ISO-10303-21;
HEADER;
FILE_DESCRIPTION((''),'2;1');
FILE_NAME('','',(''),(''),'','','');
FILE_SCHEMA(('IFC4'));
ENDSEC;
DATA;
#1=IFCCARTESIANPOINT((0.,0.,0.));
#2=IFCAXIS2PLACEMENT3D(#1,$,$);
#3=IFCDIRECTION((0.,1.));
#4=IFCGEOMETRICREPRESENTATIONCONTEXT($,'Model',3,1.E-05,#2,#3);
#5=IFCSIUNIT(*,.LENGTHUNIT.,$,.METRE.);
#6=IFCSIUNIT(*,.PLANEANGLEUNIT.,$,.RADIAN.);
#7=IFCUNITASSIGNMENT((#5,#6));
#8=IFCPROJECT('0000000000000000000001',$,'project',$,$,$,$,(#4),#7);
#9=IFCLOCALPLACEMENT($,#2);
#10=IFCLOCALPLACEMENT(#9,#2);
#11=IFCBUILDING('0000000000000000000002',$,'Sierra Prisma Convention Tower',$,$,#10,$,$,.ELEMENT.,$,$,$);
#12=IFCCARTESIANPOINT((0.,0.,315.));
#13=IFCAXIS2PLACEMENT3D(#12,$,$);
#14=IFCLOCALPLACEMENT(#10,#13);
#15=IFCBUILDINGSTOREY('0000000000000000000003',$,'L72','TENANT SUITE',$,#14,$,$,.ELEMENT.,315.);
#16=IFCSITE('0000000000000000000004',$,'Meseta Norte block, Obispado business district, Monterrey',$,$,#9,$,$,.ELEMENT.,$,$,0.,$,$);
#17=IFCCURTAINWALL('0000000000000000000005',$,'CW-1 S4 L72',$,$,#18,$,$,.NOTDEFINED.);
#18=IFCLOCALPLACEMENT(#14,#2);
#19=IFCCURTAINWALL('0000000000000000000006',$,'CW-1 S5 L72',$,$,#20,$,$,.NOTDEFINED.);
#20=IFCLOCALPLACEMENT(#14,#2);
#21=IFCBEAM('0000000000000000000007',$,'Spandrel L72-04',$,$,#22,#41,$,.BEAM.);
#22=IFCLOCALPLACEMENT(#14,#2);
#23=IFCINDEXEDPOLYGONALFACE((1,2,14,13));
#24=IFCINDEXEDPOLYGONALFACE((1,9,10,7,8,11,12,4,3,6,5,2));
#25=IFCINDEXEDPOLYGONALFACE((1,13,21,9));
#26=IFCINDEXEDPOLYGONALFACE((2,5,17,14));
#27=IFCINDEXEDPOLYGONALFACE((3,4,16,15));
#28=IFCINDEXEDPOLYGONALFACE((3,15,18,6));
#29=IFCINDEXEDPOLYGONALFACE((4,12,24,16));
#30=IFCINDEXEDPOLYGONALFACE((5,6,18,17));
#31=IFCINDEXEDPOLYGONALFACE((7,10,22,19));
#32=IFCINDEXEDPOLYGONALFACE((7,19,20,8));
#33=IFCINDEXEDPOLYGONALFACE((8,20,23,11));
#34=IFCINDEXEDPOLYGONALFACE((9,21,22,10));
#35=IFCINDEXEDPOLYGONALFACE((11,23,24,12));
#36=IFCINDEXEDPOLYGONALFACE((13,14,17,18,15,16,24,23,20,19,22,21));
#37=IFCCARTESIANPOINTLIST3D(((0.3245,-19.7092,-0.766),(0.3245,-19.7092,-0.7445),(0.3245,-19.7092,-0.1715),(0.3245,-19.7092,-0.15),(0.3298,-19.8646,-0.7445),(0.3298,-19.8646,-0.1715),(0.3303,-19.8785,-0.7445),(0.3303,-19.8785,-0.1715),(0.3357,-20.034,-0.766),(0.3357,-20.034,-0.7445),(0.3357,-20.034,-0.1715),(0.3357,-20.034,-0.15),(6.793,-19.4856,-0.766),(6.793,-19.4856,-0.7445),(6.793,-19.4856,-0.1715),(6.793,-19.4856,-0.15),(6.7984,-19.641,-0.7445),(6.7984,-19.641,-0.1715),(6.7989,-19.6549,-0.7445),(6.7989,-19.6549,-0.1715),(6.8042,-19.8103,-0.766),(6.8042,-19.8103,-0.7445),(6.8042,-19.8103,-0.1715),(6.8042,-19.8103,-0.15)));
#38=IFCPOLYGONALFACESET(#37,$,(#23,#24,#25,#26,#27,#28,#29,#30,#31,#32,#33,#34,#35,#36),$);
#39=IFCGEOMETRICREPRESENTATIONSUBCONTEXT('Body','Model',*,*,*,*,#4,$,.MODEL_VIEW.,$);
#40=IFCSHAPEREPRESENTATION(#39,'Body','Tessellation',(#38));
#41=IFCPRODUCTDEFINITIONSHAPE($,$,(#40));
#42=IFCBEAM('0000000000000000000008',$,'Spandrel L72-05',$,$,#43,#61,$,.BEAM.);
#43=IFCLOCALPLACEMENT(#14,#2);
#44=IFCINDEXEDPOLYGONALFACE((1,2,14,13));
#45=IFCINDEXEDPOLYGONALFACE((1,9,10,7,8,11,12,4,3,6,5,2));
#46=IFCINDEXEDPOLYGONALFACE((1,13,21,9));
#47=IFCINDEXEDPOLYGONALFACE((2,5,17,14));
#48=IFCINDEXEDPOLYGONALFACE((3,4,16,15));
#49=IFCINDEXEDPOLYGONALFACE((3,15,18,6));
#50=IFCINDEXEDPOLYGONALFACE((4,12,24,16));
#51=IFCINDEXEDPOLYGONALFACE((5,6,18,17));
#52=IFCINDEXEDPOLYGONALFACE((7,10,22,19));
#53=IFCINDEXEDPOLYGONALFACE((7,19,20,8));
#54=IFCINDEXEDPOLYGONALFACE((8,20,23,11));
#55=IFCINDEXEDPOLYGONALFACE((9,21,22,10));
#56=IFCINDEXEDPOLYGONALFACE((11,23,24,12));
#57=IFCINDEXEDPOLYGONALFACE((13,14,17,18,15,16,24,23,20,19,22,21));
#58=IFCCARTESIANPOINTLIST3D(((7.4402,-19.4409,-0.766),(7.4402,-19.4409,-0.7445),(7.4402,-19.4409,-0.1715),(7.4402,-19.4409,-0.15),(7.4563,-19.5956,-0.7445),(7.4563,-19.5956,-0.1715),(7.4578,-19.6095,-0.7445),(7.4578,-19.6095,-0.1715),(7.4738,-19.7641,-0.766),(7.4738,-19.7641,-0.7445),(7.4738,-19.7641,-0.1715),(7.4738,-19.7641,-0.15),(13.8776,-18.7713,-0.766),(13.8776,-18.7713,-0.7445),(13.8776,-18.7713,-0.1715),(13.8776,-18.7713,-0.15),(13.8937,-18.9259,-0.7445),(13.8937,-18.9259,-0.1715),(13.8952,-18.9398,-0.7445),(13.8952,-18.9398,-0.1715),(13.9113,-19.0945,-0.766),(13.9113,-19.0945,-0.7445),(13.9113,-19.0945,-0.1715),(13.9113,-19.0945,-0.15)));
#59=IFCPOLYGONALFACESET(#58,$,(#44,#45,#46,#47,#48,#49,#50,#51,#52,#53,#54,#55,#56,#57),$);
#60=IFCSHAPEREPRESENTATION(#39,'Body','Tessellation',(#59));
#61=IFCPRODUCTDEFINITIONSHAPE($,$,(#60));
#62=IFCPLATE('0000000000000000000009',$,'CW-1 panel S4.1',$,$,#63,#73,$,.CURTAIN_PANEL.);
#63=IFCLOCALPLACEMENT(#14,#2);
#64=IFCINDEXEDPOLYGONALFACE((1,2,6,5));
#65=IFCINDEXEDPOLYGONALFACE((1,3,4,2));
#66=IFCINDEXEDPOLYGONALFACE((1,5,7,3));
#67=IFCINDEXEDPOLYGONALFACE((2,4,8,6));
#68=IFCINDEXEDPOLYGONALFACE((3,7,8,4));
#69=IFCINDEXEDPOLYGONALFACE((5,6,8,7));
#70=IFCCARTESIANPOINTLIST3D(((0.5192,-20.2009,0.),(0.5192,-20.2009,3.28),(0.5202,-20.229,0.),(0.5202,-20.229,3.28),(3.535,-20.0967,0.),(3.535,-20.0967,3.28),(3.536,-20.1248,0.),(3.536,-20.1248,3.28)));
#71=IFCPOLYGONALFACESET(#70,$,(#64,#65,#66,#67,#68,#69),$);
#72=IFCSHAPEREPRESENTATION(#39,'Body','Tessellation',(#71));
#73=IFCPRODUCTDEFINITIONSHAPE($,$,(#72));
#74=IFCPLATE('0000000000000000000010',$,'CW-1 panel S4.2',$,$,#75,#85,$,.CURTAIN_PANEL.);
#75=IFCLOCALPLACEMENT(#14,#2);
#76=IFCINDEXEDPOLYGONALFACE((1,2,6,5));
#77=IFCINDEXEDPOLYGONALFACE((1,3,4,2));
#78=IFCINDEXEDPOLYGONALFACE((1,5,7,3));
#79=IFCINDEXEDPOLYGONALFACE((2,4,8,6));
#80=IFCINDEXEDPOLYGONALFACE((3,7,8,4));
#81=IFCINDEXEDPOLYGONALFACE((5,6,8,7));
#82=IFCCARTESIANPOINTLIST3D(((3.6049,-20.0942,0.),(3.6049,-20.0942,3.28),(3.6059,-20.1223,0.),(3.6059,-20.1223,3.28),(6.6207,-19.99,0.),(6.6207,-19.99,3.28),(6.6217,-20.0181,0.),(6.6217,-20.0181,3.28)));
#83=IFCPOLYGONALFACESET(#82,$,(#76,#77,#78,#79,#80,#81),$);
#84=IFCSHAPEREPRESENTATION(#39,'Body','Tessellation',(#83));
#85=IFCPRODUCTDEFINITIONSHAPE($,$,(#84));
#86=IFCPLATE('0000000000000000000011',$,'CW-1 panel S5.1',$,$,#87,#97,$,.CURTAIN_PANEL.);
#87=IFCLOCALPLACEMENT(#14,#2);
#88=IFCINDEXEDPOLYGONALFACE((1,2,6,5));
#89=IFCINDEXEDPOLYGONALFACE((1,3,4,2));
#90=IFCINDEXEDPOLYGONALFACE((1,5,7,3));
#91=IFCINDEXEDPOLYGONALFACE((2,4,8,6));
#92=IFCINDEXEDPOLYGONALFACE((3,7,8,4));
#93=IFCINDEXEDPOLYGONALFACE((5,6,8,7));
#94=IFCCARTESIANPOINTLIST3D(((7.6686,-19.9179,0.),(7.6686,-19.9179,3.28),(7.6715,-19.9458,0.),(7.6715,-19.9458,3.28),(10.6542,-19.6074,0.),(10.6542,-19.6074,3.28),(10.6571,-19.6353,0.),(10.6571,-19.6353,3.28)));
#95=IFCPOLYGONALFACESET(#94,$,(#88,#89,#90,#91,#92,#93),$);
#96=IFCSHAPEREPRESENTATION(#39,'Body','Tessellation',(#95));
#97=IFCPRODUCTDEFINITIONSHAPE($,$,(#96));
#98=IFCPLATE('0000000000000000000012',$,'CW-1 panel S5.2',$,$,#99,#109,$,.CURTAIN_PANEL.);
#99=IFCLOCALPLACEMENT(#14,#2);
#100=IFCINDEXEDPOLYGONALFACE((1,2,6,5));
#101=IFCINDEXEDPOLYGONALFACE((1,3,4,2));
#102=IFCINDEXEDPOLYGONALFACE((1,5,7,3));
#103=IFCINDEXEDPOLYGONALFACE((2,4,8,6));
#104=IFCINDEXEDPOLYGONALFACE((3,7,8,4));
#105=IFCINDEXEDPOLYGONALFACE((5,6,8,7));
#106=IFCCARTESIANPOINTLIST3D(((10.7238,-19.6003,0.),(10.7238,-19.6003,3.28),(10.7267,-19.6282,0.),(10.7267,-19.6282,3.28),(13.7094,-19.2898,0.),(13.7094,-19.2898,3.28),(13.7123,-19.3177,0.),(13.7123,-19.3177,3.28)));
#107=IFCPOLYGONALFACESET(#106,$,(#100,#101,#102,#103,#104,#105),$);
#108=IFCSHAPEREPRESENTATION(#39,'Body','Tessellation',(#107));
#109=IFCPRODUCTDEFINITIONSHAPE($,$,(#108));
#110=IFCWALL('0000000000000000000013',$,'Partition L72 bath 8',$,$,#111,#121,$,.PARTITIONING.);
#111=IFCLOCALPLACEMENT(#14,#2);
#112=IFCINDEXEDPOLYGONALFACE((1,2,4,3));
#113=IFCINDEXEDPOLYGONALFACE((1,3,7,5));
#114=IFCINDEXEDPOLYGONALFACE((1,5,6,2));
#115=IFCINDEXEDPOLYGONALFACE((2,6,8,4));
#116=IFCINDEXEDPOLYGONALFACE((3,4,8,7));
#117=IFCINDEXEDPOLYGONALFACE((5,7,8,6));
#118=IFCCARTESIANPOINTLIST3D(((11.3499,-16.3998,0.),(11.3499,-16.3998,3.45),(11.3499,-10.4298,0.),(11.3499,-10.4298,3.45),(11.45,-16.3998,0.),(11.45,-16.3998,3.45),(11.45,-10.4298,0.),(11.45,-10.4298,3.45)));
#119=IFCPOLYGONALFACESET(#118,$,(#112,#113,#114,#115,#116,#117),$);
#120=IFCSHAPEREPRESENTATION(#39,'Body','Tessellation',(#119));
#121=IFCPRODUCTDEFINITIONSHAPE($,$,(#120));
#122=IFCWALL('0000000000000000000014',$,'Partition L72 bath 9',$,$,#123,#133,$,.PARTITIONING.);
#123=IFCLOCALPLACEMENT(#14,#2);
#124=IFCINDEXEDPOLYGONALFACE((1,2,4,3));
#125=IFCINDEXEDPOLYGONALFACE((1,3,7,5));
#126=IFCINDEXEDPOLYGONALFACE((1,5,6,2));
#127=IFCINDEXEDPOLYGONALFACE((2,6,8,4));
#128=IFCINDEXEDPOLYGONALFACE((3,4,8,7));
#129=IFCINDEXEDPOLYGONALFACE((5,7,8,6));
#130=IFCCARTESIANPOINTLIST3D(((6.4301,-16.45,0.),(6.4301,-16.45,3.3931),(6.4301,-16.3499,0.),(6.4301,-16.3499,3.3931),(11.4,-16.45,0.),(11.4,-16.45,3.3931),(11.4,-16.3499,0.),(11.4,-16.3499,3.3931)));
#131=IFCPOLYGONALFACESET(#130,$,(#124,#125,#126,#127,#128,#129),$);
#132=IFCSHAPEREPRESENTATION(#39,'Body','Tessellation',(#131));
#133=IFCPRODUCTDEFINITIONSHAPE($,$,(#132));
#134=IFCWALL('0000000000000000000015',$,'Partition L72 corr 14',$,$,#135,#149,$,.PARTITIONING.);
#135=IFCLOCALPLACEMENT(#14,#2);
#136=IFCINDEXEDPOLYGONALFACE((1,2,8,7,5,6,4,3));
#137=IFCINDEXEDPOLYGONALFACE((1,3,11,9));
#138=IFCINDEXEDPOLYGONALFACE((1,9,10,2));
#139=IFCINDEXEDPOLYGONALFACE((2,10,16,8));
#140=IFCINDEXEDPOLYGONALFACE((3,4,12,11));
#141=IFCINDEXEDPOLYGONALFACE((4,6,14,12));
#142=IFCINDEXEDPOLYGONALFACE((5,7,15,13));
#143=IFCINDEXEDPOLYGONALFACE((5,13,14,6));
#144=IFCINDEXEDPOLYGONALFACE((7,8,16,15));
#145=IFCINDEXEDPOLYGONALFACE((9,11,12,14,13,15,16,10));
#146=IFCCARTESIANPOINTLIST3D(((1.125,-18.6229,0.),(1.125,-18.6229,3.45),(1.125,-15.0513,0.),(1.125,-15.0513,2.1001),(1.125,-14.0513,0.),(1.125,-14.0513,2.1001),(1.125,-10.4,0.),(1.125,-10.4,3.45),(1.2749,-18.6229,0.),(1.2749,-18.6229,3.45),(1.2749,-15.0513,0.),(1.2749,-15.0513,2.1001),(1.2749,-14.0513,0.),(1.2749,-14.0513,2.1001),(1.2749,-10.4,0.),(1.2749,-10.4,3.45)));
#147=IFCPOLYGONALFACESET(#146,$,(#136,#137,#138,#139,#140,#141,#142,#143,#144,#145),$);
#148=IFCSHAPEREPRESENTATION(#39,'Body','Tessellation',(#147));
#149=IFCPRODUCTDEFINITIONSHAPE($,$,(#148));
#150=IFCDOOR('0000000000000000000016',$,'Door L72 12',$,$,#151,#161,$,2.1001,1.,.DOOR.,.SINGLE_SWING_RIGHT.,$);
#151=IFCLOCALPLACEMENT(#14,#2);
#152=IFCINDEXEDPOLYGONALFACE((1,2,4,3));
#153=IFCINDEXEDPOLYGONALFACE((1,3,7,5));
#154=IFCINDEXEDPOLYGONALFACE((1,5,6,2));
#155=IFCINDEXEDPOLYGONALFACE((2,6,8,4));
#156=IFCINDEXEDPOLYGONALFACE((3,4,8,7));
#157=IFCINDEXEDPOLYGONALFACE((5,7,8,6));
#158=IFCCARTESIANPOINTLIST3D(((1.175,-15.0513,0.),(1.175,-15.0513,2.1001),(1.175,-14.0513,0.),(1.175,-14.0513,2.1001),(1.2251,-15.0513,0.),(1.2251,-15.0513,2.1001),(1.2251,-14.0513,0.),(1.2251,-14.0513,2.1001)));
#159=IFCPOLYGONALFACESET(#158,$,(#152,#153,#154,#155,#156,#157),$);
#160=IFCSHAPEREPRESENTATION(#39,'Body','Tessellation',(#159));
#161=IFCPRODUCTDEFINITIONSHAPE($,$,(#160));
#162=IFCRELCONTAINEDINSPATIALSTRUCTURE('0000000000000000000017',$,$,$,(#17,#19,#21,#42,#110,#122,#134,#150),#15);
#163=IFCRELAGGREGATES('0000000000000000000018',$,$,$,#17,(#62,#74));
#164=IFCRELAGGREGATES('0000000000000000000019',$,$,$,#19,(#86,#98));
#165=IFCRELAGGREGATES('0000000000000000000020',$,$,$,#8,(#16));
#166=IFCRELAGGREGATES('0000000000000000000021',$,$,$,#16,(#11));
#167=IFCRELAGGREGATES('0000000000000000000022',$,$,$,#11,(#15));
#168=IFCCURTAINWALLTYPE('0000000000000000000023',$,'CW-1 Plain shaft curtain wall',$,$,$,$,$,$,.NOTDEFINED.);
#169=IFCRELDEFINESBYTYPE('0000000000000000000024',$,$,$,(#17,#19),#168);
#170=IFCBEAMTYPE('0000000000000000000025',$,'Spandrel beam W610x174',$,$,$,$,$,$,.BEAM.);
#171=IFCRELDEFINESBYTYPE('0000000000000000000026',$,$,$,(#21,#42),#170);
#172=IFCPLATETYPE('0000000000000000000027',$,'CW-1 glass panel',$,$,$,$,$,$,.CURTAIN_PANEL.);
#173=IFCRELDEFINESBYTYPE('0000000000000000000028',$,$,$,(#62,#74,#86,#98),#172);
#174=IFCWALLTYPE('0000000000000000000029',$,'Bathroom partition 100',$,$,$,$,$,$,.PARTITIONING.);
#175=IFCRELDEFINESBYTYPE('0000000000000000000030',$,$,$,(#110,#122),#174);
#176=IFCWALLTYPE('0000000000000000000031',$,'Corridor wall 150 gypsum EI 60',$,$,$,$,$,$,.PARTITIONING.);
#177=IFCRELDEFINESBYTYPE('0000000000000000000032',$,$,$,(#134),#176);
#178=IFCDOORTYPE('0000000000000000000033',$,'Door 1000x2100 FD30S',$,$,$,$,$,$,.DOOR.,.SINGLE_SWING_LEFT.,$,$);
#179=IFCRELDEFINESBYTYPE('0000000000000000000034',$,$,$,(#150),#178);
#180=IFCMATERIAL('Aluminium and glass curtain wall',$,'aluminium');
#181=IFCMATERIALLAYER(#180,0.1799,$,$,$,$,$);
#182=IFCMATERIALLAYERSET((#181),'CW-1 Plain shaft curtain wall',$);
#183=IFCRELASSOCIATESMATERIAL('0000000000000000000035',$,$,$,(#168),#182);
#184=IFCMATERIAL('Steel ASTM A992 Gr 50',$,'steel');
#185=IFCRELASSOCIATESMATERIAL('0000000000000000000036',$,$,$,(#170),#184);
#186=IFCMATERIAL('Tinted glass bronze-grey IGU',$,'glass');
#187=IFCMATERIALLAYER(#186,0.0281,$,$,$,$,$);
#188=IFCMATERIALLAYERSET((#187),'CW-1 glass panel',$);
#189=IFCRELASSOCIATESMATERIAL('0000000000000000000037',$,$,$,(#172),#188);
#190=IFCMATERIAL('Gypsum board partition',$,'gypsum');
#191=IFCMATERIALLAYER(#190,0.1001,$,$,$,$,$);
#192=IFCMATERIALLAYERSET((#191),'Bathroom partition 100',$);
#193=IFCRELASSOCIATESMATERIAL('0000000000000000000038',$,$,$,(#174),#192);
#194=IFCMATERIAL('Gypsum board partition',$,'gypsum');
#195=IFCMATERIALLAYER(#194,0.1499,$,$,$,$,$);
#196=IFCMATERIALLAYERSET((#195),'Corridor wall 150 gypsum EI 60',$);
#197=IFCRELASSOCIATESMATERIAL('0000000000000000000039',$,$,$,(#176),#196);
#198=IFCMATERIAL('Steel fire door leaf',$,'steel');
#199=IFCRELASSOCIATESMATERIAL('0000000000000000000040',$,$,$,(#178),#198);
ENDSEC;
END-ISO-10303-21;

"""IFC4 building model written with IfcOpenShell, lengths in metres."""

from ifc_helpers import new_model, si_unit, direction, frame, frame_2d, origin, origin_2d, place, context, subcontext, project, spatial, rectangle, i_section, extrude, material, layer, layer_set, material_profile, profile_set, type_object, element, fill, aggregate, save


model = new_model("IFC4")

# Units and contexts
model_context = context("Model", 3, precision=1e-05, world=origin(), true_north=direction((0.0, 1.0)))
body_context = subcontext(model_context, "Body", "Model", "MODEL_VIEW")
ifc_project = project(units=[si_unit("LENGTHUNIT", "METRE"), si_unit("PLANEANGLEUNIT", "RADIAN")], contexts=[model_context])

# Site, building, storey
site_placement = place(None, origin())
site = spatial("IfcSite", under=ifc_project, at=site_placement, Name="Meseta Norte block, Obispado business district, Monterrey", CompositionType="ELEMENT", RefElevation=0.0)
building_placement = place(site_placement, origin())
building = spatial("IfcBuilding", under=site, at=building_placement, Name="Sierra Prisma Convention Tower", CompositionType="ELEMENT")
storey_placement = place(building_placement, frame((0.0, 0.0, 315.0)))
storey = spatial("IfcBuildingStorey", under=building, at=storey_placement, Name="L72", Description="TENANT SUITE", CompositionType="ELEMENT", Elevation=315.0)

# Curtain wall
ifc_material_1 = material(Name="Aluminium and glass curtain wall", Category="aluminium")
ifc_layer_1 = layer(ifc_material_1, 0.1799)
ifc_layer_set_1 = layer_set([ifc_layer_1], Name="CW-1 Plain shaft curtain wall")
curtain_wall_type = type_object("IfcCurtainWallType", Name="CW-1 Plain shaft curtain wall", PredefinedType="NOTDEFINED", material=ifc_layer_set_1)
curtain_wall_1_placement = place(storey_placement, origin())
curtain_wall_1 = element("IfcCurtainWall", 1, at=curtain_wall_1_placement, inside=storey, type_object=curtain_wall_type, Name="CW-1 S4 L72", PredefinedType="NOTDEFINED")

# Curtain wall
curtain_wall_2_placement = place(storey_placement, origin())
curtain_wall_2 = element("IfcCurtainWall", 2, at=curtain_wall_2_placement, inside=storey, type_object=curtain_wall_type, Name="CW-1 S5 L72", PredefinedType="NOTDEFINED")

# Beams
ifc_material_2 = material(Name="Steel ASTM A992 Gr 50", Category="steel")
ifc_material_profile_1 = material_profile(ifc_material_2, i_section(OverallWidth=0.325, OverallDepth=0.616, WebThickness=0.0139, FlangeThickness=0.0215, at=origin_2d()), Name="W610x174")
ifc_profile_set_1 = profile_set([ifc_material_profile_1], Name="Steel ASTM A992 Gr 50")
beam_type_1 = type_object("IfcBeamType", Name="Spandrel beam W610x174", PredefinedType="BEAM", material=ifc_profile_set_1)
beam_1_placement = place(storey_placement, frame((0.3301, -19.8716, -0.458), z_axis=(0.999403, 0.034552, 0.0), x_axis=(-0.034552, 0.999403, 0.0)))
element("IfcBeam", 3, at=beam_1_placement, inside=storey, type_object=beam_type_1, Name="Spandrel L72-04", PredefinedType="BEAM", context=body_context, shape_type="SweptSolid", body=[
    extrude(i_section(OverallWidth=0.325, OverallDepth=0.616, WebThickness=0.0139, FlangeThickness=0.0215, at=origin_2d()), origin(), (0.0, 0.0, 1.0), 6.4724),
])
beam_2_placement = place(storey_placement, frame((7.457, -19.6025, -0.458), z_axis=(0.994633, 0.103469, 0.0), x_axis=(-0.103469, 0.994633, 0.0)))
element("IfcBeam", 4, at=beam_2_placement, inside=storey, type_object=beam_type_1, Name="Spandrel L72-05", PredefinedType="BEAM", context=body_context, shape_type="SweptSolid", body=[
    extrude(i_section(OverallWidth=0.325, OverallDepth=0.616, WebThickness=0.0139, FlangeThickness=0.0215, at=origin_2d()), origin(), (0.0, 0.0, 1.0), 6.4722),
])

# Plates
ifc_material_3 = material(Name="Tinted glass bronze-grey IGU", Category="glass")
ifc_layer_2 = layer(ifc_material_3, 0.0281)
ifc_layer_set_2 = layer_set([ifc_layer_2], Name="CW-1 glass panel")
plate_type = type_object("IfcPlateType", Name="CW-1 glass panel", PredefinedType="CURTAIN_PANEL", material=ifc_layer_set_2)
plate_1_placement = place(storey_placement, frame((2.0276, -20.1628, 0.0), z_axis=(0.0, 0.0, 1.0), x_axis=(0.999404, 0.034531, 0.0)))
plate_1 = element("IfcPlate", 5, at=plate_1_placement, type_object=plate_type, Name="CW-1 panel S4.1", PredefinedType="CURTAIN_PANEL", context=body_context, shape_type="SweptSolid", body=[
    extrude(rectangle(XDim=3.0176, YDim=0.0281, at=origin_2d()), origin(), (0.0, 0.0, 1.0), 3.28),
])
plate_2_placement = place(storey_placement, frame((5.1133, -20.0562, 0.0), z_axis=(0.0, 0.0, 1.0), x_axis=(0.999404, 0.034531, 0.0)))
plate_2 = element("IfcPlate", 6, at=plate_2_placement, type_object=plate_type, Name="CW-1 panel S4.2", PredefinedType="CURTAIN_PANEL", context=body_context, shape_type="SweptSolid", body=[
    extrude(rectangle(XDim=3.0176, YDim=0.0281, at=origin_2d()), origin(), (0.0, 0.0, 1.0), 3.28),
])
aggregate(curtain_wall_1, [plate_1, plate_2])
plate_3_placement = place(storey_placement, frame((9.1628, -19.7766, 0.0), z_axis=(0.0, 0.0, 1.0), x_axis=(0.994637, 0.103428, 0.0)))
plate_3 = element("IfcPlate", 7, at=plate_3_placement, type_object=plate_type, Name="CW-1 panel S5.1", PredefinedType="CURTAIN_PANEL", context=body_context, shape_type="SweptSolid", body=[
    extrude(rectangle(XDim=3.0017, YDim=0.0281, at=origin_2d()), origin(), (0.0, 0.0, 1.0), 3.28),
])
plate_4_placement = place(storey_placement, frame((12.218, -19.459, 0.0), z_axis=(0.0, 0.0, 1.0), x_axis=(0.994637, 0.103428, 0.0)))
plate_4 = element("IfcPlate", 8, at=plate_4_placement, type_object=plate_type, Name="CW-1 panel S5.2", PredefinedType="CURTAIN_PANEL", context=body_context, shape_type="SweptSolid", body=[
    extrude(rectangle(XDim=3.0017, YDim=0.0281, at=origin_2d()), origin(), (0.0, 0.0, 1.0), 3.28),
])
aggregate(curtain_wall_2, [plate_3, plate_4])

# Walls
ifc_material_4 = material(Name="Gypsum board partition", Category="gypsum")
ifc_layer_3 = layer(ifc_material_4, 0.1001)
ifc_layer_set_3 = layer_set([ifc_layer_3], Name="Bathroom partition 100")
wall_type_1 = type_object("IfcWallType", Name="Bathroom partition 100", PredefinedType="PARTITIONING", material=ifc_layer_set_3)
wall_1_placement = place(storey_placement, frame((11.3999, -10.4299, 0.0), z_axis=(0.0, 0.0, 1.0), x_axis=(0.0, -1.0, 0.0)))
element("IfcWall", 9, at=wall_1_placement, inside=storey, type_object=wall_type_1, Name="Partition L72 bath 8", PredefinedType="PARTITIONING", context=body_context, shape_type="SweptSolid", body=[
    extrude(rectangle(XDim=5.97, YDim=0.1001, at=frame_2d((2.9849, 0.0))), origin(), (0.0, 0.0, 1.0), 3.45),
])
wall_2_placement = place(storey_placement, frame((11.3999, -16.3999, 0.0), z_axis=(0.0, 0.0, 1.0), x_axis=(-1.0, 0.0, 0.0)))
element("IfcWall", 10, at=wall_2_placement, inside=storey, type_object=wall_type_1, Name="Partition L72 bath 9", PredefinedType="PARTITIONING", context=body_context, shape_type="SweptSolid", body=[
    extrude(rectangle(XDim=4.97, YDim=0.1001, at=frame_2d((2.4849, 0.0))), origin(), (0.0, 0.0, 1.0), 3.3931),
])

# Wall, opening, door
ifc_material_5 = material(Name="Gypsum board partition", Category="gypsum")
ifc_layer_4 = layer(ifc_material_5, 0.1499)
ifc_layer_set_4 = layer_set([ifc_layer_4], Name="Corridor wall 150 gypsum EI 60")
wall_type_2 = type_object("IfcWallType", Name="Corridor wall 150 gypsum EI 60", PredefinedType="PARTITIONING", material=ifc_layer_set_4)
wall_3_placement = place(storey_placement, frame((1.2, -18.6228, 0.0), z_axis=(0.0, 0.0, 1.0), x_axis=(0.0, 1.0, 0.0)))
wall_3 = element("IfcWall", 11, at=wall_3_placement, inside=storey, type_object=wall_type_2, Name="Partition L72 corr 14", PredefinedType="PARTITIONING", context=body_context, shape_type="SweptSolid", body=[
    extrude(rectangle(XDim=8.2229, YDim=0.1499, at=frame_2d((4.1113, 0.0))), origin(), (0.0, 0.0, 1.0), 3.45),
])
opening_1_placement = place(wall_3_placement, frame((3.5715, 0.0, 0.0)))
opening_1 = element("IfcOpeningElement", 12, at=opening_1_placement, cuts=wall_3, PredefinedType="OPENING", context=body_context, shape_type="SweptSolid", body=[
    extrude(rectangle(XDim=1.0, YDim=2.1001, at=frame_2d((0.5, 1.05))), frame((0.0, 0.075, 0.0), z_axis=(0.0, -1.0, 0.0), x_axis=(1.0, 0.0, 0.0)), (0.0, 0.0, 1.0), 0.1499),
])
ifc_material_6 = material(Name="Steel fire door leaf", Category="steel")
door_type_1 = type_object("IfcDoorType", Name="Door 1000x2100 FD30S", OperationType="SINGLE_SWING_LEFT", PredefinedType="DOOR", material=ifc_material_6)
door_1_placement = place(opening_1_placement, origin())
door_1 = element("IfcDoor", 13, at=door_1_placement, inside=storey, type_object=door_type_1, Name="Door L72 12", OperationType="SINGLE_SWING_RIGHT", OverallHeight=2.1001, OverallWidth=1.0, PredefinedType="DOOR", context=body_context, shape_type="SweptSolid", body=[
    extrude(rectangle(XDim=1.0, YDim=2.1001, at=frame_2d((0.5, 1.05))), frame((0.0, 0.0249, 0.0), z_axis=(0.0, -1.0, 0.0), x_axis=(1.0, 0.0, 0.0)), (0.0, 0.0, 1.0), 0.05),
])
fill(opening_1, door_1)

save(model, "model.ifc")
